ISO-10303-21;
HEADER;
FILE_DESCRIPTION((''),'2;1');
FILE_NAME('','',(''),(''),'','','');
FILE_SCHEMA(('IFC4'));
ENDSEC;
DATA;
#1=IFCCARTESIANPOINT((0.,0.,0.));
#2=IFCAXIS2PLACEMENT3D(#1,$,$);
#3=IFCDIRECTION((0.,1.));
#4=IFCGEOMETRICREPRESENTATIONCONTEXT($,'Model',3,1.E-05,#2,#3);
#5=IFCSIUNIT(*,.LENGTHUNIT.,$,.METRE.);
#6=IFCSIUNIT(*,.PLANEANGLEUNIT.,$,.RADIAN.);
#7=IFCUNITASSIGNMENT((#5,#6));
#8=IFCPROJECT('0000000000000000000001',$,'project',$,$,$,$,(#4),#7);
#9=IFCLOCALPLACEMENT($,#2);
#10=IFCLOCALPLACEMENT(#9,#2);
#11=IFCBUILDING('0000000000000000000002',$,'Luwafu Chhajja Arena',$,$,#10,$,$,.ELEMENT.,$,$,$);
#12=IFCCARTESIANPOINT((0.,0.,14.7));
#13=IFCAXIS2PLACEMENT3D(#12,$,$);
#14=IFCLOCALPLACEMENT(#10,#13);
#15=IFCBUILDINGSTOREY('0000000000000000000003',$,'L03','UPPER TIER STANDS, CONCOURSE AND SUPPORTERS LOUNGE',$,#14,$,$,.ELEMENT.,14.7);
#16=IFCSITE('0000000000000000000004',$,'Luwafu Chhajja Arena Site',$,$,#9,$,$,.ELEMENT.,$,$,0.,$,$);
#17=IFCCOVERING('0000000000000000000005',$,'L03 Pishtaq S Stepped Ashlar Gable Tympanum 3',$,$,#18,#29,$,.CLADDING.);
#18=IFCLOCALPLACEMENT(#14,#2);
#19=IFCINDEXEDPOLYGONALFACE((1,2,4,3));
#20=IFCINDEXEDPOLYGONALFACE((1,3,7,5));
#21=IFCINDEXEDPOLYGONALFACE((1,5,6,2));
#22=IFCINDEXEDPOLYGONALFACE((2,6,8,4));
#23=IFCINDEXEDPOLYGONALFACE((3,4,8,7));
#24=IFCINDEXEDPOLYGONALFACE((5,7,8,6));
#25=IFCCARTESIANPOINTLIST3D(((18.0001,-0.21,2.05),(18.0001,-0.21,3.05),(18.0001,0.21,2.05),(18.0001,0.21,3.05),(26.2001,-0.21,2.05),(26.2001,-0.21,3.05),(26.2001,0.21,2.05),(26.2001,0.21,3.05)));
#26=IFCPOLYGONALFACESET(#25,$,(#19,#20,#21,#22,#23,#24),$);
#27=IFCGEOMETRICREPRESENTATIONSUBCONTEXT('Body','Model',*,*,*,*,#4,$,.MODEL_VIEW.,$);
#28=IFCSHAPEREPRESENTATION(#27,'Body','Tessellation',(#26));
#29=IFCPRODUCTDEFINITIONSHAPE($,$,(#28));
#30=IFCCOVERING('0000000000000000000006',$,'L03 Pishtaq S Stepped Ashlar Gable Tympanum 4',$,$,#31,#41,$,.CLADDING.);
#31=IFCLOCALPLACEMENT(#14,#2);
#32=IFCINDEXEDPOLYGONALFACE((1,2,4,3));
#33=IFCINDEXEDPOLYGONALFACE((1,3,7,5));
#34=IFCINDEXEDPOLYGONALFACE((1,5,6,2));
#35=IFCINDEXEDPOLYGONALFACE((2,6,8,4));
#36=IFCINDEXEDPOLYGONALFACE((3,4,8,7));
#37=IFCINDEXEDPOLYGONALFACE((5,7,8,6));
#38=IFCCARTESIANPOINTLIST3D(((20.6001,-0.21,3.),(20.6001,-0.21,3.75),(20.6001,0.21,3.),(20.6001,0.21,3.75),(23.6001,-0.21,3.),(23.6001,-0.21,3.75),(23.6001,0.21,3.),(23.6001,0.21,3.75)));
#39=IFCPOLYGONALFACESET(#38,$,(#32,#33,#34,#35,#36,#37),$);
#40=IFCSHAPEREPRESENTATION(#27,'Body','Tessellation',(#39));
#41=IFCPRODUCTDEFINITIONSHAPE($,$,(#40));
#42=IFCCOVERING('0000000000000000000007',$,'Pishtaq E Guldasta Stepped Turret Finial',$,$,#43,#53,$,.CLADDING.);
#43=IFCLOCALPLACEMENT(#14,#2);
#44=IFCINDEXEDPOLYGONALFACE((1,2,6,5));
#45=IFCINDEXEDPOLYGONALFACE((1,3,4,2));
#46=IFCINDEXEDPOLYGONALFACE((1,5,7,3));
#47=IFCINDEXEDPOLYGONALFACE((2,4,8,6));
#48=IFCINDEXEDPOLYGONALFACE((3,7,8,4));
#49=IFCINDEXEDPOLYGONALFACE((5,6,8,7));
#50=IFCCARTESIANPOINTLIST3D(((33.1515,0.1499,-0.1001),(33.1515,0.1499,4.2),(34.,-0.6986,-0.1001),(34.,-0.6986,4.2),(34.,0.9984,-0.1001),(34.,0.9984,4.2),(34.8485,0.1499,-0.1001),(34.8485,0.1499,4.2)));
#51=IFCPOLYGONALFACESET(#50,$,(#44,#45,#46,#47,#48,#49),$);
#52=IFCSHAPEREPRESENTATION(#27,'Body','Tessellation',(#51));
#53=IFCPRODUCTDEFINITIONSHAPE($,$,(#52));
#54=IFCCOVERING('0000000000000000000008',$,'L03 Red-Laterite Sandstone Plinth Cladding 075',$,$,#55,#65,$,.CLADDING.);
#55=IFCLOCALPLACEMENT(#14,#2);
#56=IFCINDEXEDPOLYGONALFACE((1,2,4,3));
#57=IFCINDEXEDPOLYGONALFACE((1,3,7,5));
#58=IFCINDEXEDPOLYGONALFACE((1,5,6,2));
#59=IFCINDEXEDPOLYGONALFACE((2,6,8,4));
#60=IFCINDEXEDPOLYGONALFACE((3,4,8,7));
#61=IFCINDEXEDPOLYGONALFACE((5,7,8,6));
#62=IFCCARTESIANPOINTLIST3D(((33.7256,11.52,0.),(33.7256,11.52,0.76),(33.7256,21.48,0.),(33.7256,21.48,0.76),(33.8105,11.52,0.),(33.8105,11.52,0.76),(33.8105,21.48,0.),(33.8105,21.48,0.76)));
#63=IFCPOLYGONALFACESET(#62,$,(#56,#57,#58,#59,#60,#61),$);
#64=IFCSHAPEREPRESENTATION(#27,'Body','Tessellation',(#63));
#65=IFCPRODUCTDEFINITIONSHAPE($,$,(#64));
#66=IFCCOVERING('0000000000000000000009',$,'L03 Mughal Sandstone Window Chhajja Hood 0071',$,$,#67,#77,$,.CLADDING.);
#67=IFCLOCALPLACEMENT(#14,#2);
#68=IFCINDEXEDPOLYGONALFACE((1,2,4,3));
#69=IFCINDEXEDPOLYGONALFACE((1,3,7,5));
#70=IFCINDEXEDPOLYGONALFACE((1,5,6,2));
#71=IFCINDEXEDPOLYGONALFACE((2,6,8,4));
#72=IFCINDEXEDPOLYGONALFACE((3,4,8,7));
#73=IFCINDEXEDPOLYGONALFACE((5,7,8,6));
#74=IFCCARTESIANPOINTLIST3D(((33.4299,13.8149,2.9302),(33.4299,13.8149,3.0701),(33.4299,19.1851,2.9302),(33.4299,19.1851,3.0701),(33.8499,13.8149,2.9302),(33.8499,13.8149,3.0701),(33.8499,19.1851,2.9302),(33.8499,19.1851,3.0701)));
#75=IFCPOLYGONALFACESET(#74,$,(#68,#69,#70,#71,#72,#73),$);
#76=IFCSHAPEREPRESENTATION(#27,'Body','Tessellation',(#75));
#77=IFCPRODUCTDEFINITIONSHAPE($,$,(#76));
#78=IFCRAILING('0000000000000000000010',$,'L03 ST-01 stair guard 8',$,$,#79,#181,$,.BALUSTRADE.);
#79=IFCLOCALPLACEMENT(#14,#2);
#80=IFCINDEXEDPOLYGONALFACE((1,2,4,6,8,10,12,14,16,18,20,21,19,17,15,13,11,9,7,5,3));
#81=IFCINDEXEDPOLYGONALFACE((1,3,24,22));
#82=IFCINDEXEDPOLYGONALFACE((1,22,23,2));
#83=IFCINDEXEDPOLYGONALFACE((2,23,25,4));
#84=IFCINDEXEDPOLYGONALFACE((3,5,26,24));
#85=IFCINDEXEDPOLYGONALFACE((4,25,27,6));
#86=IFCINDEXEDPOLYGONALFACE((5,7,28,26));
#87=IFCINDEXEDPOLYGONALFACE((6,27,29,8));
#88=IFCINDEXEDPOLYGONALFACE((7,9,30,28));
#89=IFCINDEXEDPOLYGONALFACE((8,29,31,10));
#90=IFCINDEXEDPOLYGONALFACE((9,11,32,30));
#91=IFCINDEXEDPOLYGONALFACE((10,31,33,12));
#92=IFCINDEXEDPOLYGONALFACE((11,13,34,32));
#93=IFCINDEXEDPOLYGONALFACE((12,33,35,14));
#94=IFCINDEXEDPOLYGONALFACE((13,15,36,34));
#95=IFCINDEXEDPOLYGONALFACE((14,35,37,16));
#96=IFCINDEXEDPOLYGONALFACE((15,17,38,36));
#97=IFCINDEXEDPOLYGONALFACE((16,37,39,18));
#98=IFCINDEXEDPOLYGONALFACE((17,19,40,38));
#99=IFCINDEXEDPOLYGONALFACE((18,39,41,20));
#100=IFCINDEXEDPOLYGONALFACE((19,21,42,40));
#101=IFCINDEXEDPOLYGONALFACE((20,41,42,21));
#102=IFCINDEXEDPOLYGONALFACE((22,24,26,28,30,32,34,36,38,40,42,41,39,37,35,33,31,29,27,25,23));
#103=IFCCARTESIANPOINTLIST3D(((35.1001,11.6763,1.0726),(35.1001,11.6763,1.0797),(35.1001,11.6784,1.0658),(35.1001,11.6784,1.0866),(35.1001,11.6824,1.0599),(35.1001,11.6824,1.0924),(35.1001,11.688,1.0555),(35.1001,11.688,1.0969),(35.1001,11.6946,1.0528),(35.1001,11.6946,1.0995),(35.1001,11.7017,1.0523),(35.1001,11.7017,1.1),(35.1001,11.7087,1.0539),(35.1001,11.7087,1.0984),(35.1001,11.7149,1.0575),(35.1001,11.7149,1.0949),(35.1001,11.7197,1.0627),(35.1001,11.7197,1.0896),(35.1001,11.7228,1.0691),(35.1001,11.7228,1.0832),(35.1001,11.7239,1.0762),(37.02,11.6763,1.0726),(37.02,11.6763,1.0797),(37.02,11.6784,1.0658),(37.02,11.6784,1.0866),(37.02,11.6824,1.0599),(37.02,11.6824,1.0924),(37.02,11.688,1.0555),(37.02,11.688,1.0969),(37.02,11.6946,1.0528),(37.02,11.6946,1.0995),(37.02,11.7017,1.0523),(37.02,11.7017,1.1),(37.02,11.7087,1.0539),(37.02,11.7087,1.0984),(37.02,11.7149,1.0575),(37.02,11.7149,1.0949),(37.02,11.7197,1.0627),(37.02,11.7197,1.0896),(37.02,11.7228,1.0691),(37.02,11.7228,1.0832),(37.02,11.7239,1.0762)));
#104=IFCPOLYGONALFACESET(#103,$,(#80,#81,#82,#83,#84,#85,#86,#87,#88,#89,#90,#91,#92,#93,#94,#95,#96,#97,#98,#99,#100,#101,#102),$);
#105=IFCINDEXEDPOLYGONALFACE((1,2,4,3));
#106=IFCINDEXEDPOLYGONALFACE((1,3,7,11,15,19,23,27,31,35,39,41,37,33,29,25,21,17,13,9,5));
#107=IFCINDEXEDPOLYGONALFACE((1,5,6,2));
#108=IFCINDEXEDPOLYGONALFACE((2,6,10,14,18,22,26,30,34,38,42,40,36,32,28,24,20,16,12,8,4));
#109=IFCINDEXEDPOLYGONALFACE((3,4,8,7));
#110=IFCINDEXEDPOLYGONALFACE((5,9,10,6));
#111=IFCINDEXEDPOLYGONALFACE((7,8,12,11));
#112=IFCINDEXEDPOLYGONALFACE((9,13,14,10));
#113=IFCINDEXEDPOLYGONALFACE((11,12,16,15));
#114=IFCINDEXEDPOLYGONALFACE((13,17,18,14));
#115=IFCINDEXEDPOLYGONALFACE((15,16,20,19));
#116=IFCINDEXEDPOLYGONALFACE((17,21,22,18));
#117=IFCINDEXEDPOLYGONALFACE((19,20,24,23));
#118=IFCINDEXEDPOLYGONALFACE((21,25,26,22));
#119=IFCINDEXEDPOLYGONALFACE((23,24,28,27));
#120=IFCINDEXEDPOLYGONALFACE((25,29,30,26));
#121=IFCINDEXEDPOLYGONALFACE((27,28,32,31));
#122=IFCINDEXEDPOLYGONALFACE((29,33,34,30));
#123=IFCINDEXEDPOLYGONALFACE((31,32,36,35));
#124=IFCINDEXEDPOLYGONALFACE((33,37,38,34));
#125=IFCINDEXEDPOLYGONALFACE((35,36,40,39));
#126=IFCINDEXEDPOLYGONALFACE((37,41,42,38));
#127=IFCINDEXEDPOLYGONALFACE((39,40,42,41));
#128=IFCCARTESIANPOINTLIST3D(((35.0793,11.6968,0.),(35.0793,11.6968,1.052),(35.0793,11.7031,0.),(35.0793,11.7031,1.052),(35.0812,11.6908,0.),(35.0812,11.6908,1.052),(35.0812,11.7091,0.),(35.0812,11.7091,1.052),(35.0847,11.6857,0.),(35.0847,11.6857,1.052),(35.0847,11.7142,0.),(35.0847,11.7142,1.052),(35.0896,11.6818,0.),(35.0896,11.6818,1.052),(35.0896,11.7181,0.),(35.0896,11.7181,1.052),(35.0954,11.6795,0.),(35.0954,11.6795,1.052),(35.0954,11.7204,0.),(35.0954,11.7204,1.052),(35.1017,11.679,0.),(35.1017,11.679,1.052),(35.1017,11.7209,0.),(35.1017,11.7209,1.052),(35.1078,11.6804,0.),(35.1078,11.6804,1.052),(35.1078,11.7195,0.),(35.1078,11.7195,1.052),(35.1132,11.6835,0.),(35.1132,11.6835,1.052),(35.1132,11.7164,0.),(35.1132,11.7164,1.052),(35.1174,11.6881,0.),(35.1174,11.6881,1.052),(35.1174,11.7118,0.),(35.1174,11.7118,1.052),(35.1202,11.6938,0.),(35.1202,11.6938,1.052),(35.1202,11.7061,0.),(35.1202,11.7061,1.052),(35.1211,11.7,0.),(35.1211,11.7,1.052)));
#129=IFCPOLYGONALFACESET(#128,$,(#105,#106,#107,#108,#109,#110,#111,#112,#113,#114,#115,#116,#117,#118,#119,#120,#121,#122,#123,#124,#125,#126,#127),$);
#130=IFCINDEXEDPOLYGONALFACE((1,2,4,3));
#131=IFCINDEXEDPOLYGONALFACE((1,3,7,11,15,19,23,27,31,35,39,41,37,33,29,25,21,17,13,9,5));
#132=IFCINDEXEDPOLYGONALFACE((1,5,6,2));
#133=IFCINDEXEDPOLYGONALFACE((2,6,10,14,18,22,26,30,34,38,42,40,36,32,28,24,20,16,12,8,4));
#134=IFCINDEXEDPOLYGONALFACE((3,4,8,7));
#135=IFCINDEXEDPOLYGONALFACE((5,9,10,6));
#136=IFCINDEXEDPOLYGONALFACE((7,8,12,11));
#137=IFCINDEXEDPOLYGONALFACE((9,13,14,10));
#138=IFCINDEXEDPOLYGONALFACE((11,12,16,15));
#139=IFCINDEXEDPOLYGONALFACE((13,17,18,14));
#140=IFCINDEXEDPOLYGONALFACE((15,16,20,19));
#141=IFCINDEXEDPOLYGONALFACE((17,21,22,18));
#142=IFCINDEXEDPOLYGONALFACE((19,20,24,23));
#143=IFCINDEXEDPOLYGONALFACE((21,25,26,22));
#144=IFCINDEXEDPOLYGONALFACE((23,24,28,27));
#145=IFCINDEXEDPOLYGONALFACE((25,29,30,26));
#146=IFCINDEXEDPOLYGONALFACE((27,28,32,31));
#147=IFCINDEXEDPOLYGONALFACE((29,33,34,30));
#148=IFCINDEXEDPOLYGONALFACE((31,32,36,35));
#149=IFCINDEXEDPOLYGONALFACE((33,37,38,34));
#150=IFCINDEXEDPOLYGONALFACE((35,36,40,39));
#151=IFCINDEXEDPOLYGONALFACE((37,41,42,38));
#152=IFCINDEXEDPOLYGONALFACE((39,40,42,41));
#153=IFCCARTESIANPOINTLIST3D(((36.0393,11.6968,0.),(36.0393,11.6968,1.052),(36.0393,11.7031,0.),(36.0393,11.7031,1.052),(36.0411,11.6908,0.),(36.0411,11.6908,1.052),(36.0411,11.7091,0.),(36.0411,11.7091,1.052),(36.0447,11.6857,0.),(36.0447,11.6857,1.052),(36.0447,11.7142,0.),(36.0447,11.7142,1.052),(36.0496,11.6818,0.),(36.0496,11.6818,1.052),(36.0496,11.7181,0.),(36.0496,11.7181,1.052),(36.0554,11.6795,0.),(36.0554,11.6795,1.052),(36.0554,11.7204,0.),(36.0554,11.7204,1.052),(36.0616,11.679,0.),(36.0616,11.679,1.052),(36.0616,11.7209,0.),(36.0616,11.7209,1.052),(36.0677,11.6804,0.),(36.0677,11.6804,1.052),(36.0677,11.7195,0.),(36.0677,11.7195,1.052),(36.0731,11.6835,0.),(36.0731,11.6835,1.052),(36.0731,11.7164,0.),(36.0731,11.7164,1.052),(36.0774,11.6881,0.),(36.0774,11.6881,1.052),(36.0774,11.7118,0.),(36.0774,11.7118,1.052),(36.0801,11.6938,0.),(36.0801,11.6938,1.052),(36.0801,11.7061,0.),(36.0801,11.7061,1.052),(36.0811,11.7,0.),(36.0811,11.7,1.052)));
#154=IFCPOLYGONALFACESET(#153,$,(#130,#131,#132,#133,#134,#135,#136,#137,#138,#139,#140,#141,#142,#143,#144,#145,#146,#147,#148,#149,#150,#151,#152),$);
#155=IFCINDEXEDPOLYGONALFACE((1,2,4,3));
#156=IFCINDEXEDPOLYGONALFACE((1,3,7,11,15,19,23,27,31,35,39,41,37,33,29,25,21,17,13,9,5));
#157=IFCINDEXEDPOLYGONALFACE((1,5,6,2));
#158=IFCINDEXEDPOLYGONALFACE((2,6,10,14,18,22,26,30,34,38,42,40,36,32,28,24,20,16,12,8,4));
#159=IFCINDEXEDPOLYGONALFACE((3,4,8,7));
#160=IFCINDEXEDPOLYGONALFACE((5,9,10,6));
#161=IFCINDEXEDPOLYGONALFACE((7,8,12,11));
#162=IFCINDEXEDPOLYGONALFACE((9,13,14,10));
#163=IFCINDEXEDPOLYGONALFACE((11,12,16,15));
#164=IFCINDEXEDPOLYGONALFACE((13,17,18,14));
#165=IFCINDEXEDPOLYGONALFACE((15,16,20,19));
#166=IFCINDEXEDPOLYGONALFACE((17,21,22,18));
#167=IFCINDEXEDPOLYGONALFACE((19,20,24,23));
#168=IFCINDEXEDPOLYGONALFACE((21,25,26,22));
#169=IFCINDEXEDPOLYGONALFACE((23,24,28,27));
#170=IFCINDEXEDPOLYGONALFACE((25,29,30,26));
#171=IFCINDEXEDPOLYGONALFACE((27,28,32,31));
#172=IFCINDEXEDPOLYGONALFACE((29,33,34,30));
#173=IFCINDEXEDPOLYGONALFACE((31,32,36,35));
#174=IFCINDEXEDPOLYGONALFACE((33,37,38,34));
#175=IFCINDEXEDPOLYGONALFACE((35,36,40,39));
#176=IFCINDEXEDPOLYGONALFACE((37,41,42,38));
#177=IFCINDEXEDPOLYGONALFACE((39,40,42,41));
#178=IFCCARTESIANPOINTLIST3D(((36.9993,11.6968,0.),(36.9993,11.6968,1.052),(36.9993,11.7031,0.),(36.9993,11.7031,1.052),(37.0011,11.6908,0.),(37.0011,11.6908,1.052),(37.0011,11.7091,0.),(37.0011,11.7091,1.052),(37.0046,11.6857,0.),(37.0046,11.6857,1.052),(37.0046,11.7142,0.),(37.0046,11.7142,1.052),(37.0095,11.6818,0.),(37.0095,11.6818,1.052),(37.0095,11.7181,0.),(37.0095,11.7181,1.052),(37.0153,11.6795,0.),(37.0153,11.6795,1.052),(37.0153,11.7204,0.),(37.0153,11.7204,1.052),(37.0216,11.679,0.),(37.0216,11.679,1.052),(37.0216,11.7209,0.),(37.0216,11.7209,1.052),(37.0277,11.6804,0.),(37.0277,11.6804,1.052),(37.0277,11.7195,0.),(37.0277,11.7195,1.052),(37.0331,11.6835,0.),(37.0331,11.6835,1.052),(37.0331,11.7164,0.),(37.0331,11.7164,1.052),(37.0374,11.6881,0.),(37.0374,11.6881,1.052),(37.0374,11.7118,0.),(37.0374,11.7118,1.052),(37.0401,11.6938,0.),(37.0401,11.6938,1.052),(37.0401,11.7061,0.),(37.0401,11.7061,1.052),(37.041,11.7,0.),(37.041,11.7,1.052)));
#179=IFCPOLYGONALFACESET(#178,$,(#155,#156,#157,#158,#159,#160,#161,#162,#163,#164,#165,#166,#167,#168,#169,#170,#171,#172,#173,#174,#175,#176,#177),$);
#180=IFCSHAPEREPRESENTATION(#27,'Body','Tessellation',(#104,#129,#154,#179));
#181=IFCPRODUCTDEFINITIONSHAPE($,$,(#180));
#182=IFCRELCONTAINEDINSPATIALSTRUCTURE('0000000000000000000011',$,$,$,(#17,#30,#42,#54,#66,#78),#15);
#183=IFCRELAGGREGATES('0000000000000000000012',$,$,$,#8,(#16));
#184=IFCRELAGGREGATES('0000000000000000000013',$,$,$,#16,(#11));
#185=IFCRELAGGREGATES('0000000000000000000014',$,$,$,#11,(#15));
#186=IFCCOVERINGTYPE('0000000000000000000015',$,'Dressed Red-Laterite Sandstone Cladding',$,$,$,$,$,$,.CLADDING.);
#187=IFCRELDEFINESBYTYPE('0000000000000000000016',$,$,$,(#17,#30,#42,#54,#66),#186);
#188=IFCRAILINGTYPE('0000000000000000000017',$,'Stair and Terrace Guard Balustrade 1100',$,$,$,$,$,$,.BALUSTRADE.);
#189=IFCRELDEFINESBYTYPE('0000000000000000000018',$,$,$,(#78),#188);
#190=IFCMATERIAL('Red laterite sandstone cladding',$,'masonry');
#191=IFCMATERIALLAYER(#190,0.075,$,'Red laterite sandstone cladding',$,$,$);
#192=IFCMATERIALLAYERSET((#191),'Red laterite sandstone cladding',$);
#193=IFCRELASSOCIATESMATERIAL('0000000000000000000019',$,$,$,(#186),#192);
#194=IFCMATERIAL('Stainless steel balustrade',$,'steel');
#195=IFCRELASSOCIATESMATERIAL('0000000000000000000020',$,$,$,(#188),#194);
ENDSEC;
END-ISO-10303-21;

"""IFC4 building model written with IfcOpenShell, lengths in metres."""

from ifc_helpers import new_model, si_unit, direction, frame, origin, origin_2d, place, context, subcontext, project, spatial, rectangle, circle, extrude, material, layer, layer_set, type_object, element, save


model = new_model("IFC4")

# Units and contexts
model_context = context("Model", 3, precision=1e-05, world=origin(), true_north=direction((0.0, 1.0)))
body_context = subcontext(model_context, "Body", "Model", "MODEL_VIEW")
ifc_project = project(units=[si_unit("LENGTHUNIT", "METRE"), si_unit("PLANEANGLEUNIT", "RADIAN")], contexts=[model_context])

# Site, building, storey
site_placement = place(None, origin())
site = spatial("IfcSite", under=ifc_project, at=site_placement, Name="Luwafu Chhajja Arena Site", CompositionType="ELEMENT", RefElevation=0.0)
building_placement = place(site_placement, origin())
building = spatial("IfcBuilding", under=site, at=building_placement, Name="Luwafu Chhajja Arena", CompositionType="ELEMENT")
storey_placement = place(building_placement, frame((0.0, 0.0, 14.7)))
storey = spatial("IfcBuildingStorey", under=building, at=storey_placement, Name="L03", Description="UPPER TIER STANDS, CONCOURSE AND SUPPORTERS LOUNGE", CompositionType="ELEMENT", Elevation=14.7)

# Coverings
ifc_material_1 = material(Name="Red laterite sandstone cladding", Category="masonry")
ifc_layer_1 = layer(ifc_material_1, 0.075, Name="Red laterite sandstone cladding")
ifc_layer_set_1 = layer_set([ifc_layer_1], Name="Red laterite sandstone cladding")
covering_type = type_object("IfcCoveringType", Name="Dressed Red-Laterite Sandstone Cladding", PredefinedType="CLADDING", material=ifc_layer_set_1)
covering_1_placement = place(storey_placement, frame((22.1001, 0.0, 2.05), z_axis=(0.0, 0.0, 1.0), x_axis=(1.0, 0.0, 0.0)))
element("IfcCovering", 1, at=covering_1_placement, inside=storey, type_object=covering_type, Name="L03 Pishtaq S Stepped Ashlar Gable Tympanum 3", PredefinedType="CLADDING", context=body_context, shape_type="SweptSolid", body=[
    extrude(rectangle(XDim=8.2, YDim=0.4199, at=origin_2d()), origin(), (0.0, 0.0, 1.0), 1.0),
])
covering_2_placement = place(storey_placement, frame((22.1001, 0.0, 3.0), z_axis=(0.0, 0.0, 1.0), x_axis=(1.0, 0.0, 0.0)))
element("IfcCovering", 2, at=covering_2_placement, inside=storey, type_object=covering_type, Name="L03 Pishtaq S Stepped Ashlar Gable Tympanum 4", PredefinedType="CLADDING", context=body_context, shape_type="SweptSolid", body=[
    extrude(rectangle(XDim=3.0, YDim=0.4199, at=origin_2d()), origin(), (0.0, 0.0, 1.0), 0.75),
])
covering_3_placement = place(storey_placement, frame((34.0, 0.1499, -0.1001), z_axis=(0.0, 0.0, 1.0), x_axis=(0.707107, 0.707107, 0.0)))
element("IfcCovering", 3, at=covering_3_placement, inside=storey, type_object=covering_type, Name="Pishtaq E Guldasta Stepped Turret Finial", PredefinedType="CLADDING", context=body_context, shape_type="SweptSolid", body=[
    extrude(rectangle(XDim=1.2, YDim=1.2, at=origin_2d()), origin(), (0.0, 0.0, 1.0), 4.3),
])
covering_4_placement = place(storey_placement, frame((33.7681, 16.5, 0.0), z_axis=(0.0, 0.0, 1.0), x_axis=(0.0, 1.0, 0.0)))
element("IfcCovering", 4, at=covering_4_placement, inside=storey, type_object=covering_type, Name="L03 Red-Laterite Sandstone Plinth Cladding 075", PredefinedType="CLADDING", context=body_context, shape_type="SweptSolid", body=[
    extrude(rectangle(XDim=9.96, YDim=0.085, at=origin_2d()), origin(), (0.0, 0.0, 1.0), 0.76),
])
covering_5_placement = place(storey_placement, frame((33.6399, 16.5, 2.9302), z_axis=(0.0, 0.0, 1.0), x_axis=(0.0, 1.0, 0.0)))
element("IfcCovering", 5, at=covering_5_placement, inside=storey, type_object=covering_type, Name="L03 Mughal Sandstone Window Chhajja Hood 0071", PredefinedType="CLADDING", context=body_context, shape_type="SweptSolid", body=[
    extrude(rectangle(XDim=5.3701, YDim=0.4199, at=origin_2d()), origin(), (0.0, 0.0, 1.0), 0.1399),
])

# Railing
ifc_material_2 = material(Name="Stainless steel balustrade", Category="steel")
railing_type = type_object("IfcRailingType", Name="Stair and Terrace Guard Balustrade 1100", PredefinedType="BALUSTRADE", material=ifc_material_2)
for number, where, name in (
    (6, (35.1001, 11.7, 0.0), "L03 ST-01 stair guard 8"),
):
    element("IfcRailing", number, at=place(storey_placement, frame(where)), inside=storey, type_object=railing_type, Name=name, PredefinedType="BALUSTRADE", context=body_context, shape_type="SweptSolid", body=[
        extrude(circle(Radius=0.0239, at=origin_2d()), frame((0.0, 0.0, 1.0762), z_axis=(1.0, 0.0, 0.0), x_axis=(0.0, 1.0, 0.0)), (0.0, 0.0, 1.0), 1.9199),
        extrude(circle(Radius=0.021, at=origin_2d()), origin(), (0.0, 0.0, 1.0), 1.052),
        extrude(circle(Radius=0.021, at=origin_2d()), frame((0.96, 0.0, 0.0)), (0.0, 0.0, 1.0), 1.052),
        extrude(circle(Radius=0.021, at=origin_2d()), frame((1.9199, 0.0, 0.0)), (0.0, 0.0, 1.0), 1.052),
    ])

save(model, "model.ifc")
